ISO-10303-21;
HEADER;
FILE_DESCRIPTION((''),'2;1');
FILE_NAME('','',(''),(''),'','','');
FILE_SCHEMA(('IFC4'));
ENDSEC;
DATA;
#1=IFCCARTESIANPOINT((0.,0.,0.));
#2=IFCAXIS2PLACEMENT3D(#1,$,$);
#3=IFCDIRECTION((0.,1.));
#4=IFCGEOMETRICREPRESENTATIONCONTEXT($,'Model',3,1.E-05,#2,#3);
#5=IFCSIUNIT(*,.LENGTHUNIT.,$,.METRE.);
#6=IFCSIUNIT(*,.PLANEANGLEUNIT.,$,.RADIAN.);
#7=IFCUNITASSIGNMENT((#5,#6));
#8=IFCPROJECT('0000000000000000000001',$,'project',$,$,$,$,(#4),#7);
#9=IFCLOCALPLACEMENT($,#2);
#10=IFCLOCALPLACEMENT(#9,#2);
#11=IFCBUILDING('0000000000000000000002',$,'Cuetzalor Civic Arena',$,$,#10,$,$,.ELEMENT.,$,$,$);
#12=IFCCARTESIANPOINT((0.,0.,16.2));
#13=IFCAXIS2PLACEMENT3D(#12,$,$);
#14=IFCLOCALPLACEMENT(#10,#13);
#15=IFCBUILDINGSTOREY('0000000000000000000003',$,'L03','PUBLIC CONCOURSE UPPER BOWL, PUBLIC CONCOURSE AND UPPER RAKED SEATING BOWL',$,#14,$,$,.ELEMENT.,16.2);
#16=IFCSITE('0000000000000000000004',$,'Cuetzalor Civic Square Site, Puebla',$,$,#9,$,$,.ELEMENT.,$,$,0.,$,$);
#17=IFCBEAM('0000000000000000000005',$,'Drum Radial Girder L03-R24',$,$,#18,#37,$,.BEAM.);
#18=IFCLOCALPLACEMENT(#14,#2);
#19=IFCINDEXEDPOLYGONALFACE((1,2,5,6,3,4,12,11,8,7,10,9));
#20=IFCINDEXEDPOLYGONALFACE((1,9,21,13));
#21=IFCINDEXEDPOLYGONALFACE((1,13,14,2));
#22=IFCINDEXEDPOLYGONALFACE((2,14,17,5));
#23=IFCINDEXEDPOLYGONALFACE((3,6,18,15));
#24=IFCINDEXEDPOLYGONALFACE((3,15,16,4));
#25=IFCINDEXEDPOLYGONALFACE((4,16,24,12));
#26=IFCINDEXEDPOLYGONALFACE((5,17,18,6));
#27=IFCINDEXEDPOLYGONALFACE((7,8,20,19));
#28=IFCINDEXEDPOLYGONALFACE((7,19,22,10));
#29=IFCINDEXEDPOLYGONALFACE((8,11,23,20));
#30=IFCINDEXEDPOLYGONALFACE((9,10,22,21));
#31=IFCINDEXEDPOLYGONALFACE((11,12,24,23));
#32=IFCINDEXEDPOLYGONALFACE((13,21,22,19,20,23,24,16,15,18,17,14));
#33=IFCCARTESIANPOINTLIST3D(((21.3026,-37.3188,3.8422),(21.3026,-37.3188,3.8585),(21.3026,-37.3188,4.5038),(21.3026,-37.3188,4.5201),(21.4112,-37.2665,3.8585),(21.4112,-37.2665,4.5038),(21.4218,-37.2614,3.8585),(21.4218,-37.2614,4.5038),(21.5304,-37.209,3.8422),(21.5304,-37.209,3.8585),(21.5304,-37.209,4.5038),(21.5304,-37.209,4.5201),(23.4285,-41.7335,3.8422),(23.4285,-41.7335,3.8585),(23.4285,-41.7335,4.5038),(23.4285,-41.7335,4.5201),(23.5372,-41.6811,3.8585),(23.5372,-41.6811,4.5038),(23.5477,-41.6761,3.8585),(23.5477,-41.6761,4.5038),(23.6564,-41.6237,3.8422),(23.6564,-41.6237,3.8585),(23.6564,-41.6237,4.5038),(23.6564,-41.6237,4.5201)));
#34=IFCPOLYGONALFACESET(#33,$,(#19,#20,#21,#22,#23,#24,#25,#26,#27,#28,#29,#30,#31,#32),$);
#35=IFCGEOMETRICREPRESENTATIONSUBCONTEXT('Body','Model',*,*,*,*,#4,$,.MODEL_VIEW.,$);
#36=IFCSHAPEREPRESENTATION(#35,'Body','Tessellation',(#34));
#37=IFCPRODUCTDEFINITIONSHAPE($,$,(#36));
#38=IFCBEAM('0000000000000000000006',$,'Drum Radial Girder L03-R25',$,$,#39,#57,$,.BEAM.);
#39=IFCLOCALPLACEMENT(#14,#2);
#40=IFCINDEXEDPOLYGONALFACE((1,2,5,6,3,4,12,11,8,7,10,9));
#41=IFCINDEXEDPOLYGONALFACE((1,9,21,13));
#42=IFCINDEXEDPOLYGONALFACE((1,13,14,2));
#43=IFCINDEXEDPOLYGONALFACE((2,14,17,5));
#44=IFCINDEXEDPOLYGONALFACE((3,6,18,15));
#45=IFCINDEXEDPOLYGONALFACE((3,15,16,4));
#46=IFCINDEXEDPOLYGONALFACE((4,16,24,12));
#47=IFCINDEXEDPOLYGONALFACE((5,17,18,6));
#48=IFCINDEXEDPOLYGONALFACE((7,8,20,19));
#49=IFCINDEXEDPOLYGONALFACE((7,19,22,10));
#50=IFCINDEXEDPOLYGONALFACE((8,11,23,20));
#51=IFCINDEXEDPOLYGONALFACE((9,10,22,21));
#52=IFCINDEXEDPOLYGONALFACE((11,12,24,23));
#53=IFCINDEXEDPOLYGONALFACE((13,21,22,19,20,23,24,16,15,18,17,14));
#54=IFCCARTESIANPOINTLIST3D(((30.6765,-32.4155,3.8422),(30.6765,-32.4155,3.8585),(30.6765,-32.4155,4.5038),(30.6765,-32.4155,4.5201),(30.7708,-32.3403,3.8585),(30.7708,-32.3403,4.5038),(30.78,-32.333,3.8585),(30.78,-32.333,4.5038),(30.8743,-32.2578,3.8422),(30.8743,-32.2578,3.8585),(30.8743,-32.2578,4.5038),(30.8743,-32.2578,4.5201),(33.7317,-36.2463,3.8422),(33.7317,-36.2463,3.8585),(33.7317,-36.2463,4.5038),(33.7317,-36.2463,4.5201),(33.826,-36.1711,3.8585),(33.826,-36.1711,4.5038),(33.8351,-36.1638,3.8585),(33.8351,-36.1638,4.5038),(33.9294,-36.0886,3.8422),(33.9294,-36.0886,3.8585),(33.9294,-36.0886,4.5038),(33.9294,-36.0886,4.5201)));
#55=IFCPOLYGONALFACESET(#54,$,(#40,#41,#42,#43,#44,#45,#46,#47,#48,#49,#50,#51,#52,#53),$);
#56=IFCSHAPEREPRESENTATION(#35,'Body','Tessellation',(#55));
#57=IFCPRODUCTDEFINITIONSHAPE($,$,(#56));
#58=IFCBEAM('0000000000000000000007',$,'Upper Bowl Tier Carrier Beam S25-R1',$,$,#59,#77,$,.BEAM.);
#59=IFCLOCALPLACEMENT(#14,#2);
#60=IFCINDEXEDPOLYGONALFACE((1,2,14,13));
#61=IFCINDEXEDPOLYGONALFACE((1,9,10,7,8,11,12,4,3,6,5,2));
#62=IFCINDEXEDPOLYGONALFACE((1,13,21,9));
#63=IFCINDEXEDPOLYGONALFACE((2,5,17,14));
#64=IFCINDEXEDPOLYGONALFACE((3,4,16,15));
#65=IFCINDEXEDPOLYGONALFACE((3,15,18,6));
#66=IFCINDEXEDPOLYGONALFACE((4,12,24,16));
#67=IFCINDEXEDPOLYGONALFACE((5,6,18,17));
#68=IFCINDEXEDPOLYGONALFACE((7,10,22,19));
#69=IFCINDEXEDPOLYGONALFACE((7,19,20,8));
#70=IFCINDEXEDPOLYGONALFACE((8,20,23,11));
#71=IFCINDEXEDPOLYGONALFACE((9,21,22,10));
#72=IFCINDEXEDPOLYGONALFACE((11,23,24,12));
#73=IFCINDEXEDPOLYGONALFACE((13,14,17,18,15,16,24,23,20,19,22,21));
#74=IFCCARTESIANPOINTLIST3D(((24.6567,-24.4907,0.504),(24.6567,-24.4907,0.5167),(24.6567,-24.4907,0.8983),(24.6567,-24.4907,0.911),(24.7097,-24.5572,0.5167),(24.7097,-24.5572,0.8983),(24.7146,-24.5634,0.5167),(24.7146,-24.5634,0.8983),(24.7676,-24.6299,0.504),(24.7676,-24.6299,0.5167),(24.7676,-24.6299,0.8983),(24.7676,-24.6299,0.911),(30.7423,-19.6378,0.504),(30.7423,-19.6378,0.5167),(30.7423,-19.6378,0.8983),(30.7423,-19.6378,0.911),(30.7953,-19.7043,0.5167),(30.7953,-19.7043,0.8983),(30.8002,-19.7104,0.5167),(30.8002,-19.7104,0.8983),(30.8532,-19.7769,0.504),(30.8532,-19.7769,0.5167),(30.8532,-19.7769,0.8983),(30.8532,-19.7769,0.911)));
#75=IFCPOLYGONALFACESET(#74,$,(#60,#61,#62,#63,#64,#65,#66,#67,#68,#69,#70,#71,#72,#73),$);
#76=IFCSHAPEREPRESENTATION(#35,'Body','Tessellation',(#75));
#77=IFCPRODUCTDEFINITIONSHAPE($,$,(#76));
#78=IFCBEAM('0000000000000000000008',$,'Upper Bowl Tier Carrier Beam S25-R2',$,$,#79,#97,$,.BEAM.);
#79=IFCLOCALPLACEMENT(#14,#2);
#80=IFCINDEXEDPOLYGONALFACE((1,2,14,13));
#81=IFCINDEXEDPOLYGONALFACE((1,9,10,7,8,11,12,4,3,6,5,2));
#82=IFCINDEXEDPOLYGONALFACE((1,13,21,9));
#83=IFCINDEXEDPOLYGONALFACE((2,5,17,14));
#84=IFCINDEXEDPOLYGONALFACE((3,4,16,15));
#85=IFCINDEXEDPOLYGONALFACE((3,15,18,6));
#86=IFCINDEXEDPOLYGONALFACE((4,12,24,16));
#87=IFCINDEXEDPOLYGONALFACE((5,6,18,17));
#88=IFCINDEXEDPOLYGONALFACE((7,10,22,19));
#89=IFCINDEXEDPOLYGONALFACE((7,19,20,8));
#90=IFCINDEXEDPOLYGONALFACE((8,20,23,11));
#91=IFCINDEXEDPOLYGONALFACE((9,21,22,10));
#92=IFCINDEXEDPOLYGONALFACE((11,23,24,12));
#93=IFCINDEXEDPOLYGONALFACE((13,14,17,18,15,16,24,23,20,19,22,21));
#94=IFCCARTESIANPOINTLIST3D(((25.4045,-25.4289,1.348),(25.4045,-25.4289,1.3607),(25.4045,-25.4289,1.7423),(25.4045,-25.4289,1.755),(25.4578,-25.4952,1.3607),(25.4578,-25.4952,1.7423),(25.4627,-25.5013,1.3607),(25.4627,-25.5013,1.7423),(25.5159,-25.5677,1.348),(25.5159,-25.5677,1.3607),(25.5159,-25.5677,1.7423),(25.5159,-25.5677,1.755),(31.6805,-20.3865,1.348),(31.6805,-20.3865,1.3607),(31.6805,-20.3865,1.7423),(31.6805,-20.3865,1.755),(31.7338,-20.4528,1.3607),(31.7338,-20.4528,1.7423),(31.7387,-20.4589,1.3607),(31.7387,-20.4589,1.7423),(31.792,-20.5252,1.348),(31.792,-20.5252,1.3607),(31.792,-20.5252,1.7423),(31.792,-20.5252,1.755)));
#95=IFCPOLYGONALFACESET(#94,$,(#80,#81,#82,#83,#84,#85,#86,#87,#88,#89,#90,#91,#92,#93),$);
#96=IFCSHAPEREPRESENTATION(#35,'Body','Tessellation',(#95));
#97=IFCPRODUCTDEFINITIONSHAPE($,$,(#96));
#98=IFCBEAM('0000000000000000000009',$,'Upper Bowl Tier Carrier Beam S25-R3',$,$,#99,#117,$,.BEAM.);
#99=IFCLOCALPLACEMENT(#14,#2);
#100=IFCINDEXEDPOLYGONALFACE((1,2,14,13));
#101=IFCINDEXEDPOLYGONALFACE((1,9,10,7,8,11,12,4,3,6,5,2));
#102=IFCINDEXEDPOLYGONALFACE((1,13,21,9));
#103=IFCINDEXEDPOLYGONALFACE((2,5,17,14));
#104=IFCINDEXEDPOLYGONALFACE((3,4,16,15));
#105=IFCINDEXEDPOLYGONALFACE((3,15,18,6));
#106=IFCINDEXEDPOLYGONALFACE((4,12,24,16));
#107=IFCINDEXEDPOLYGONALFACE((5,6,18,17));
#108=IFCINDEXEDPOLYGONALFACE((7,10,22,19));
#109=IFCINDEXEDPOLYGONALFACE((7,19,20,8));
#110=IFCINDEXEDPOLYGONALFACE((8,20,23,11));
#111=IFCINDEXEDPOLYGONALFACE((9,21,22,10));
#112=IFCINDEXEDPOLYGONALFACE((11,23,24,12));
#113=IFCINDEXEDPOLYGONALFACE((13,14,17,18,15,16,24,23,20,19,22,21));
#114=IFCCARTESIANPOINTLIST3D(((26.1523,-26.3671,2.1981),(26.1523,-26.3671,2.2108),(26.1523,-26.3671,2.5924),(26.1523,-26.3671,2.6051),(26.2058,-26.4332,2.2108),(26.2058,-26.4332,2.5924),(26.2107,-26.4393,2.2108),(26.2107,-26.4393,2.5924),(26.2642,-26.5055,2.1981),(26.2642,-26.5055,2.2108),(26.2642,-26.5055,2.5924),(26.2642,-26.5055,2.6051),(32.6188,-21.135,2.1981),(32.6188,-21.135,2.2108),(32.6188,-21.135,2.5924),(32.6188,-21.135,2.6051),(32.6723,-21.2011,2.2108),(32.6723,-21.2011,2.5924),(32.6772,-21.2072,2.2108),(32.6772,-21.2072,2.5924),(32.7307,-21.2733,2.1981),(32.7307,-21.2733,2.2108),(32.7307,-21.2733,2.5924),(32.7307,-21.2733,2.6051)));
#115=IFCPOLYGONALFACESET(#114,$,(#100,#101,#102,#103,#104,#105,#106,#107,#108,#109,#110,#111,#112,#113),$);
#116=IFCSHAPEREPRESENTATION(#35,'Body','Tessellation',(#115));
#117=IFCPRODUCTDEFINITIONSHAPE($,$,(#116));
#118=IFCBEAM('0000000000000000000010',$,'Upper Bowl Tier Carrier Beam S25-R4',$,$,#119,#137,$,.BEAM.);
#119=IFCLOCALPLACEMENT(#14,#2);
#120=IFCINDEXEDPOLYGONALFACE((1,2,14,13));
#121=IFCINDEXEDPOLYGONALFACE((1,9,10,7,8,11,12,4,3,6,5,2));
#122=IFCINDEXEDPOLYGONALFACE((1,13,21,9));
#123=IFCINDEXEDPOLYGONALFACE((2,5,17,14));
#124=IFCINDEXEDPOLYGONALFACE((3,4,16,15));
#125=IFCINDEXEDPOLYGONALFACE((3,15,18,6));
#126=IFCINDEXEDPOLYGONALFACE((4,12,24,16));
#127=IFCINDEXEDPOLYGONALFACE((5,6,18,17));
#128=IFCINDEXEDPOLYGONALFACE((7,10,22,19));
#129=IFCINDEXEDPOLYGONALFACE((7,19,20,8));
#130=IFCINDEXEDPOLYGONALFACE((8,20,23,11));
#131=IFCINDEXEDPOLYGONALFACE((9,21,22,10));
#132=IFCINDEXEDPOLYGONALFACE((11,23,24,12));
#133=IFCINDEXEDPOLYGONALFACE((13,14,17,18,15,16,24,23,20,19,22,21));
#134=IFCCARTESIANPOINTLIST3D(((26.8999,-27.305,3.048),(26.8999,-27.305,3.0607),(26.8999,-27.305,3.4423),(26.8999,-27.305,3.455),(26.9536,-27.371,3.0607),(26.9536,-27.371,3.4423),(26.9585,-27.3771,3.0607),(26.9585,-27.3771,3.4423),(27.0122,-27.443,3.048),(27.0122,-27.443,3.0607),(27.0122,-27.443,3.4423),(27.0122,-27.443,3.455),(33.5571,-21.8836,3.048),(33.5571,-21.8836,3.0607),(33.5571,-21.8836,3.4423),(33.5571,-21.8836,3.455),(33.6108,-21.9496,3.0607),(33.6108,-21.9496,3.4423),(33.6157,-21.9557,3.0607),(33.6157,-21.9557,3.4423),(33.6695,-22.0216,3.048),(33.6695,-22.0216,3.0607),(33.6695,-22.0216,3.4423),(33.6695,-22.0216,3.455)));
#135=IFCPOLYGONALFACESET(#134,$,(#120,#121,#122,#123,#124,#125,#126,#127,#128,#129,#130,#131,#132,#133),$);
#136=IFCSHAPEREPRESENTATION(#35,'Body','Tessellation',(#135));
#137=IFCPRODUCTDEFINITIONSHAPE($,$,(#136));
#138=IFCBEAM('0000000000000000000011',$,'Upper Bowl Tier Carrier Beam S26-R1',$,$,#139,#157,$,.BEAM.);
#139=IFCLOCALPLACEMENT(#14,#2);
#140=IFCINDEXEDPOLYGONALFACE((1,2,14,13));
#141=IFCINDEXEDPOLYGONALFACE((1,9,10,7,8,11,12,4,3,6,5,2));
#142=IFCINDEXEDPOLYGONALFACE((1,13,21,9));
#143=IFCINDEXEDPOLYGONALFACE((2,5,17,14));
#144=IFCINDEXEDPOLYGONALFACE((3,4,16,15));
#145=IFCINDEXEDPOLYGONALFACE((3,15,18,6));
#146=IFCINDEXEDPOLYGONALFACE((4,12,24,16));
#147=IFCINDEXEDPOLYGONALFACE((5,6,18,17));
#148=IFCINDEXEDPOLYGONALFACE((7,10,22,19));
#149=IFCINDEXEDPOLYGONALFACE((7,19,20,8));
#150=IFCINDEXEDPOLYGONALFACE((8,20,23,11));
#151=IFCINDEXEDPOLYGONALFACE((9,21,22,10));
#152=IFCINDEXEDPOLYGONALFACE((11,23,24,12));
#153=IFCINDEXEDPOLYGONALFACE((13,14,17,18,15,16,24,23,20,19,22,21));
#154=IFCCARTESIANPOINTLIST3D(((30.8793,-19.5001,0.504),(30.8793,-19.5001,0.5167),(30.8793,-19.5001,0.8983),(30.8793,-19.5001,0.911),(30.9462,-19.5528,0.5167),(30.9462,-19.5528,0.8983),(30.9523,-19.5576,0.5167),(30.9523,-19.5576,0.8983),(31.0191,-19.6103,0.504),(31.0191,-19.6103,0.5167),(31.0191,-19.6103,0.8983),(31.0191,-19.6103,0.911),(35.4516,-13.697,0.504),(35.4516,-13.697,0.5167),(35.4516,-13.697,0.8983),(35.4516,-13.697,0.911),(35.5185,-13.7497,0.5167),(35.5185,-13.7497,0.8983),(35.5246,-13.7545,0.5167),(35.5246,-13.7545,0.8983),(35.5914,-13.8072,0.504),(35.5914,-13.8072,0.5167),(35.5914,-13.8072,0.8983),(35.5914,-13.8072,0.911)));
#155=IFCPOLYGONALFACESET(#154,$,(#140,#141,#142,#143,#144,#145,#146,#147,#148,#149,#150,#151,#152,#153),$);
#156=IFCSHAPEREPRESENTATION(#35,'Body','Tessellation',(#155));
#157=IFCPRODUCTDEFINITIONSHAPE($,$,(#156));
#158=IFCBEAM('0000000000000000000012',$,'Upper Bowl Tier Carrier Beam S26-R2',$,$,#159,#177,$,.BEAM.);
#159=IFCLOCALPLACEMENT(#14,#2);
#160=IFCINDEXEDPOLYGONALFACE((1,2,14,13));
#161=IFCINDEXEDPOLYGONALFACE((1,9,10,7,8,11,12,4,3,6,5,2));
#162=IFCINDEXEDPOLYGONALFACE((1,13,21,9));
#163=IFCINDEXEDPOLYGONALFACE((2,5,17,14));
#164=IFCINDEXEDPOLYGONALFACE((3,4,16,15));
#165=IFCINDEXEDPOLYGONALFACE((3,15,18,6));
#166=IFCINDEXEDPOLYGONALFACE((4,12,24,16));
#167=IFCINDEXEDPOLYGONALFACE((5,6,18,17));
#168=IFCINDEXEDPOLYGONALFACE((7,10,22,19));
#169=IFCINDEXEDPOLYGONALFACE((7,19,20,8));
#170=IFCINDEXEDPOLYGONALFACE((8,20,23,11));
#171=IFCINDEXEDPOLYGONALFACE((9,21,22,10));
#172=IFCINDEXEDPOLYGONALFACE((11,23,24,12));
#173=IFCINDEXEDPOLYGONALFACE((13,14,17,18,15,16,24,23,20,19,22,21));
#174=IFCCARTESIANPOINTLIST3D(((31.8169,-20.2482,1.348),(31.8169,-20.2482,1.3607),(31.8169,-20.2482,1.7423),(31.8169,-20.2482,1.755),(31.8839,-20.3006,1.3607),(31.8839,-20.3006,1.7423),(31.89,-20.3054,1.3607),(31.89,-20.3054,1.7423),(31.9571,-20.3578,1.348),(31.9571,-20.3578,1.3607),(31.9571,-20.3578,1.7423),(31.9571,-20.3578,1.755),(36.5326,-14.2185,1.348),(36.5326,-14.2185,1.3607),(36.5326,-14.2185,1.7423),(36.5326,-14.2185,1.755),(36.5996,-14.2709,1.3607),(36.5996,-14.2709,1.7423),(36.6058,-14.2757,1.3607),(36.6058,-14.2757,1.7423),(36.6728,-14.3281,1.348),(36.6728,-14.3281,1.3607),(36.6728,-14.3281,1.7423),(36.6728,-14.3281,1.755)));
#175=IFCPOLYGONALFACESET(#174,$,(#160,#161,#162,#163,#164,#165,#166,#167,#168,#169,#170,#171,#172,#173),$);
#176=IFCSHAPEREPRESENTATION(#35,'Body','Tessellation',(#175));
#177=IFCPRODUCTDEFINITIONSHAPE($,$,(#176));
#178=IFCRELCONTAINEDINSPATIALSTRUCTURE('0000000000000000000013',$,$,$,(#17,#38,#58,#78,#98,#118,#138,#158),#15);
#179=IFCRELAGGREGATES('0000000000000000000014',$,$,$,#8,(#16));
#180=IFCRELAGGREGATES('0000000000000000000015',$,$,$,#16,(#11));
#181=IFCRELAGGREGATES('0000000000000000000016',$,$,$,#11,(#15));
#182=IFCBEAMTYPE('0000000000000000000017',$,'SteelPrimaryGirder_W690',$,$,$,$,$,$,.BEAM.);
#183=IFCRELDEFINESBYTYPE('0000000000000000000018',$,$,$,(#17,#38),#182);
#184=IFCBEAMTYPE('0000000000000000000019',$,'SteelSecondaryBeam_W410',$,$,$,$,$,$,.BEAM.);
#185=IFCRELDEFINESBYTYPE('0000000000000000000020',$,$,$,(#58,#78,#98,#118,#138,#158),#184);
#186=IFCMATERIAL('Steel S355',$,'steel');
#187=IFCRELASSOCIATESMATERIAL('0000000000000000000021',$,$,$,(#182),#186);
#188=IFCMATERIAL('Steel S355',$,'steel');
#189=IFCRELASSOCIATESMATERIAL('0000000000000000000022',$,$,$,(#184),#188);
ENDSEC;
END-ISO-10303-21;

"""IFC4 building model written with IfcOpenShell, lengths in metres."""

from ifc_helpers import new_model, si_unit, direction, frame, origin, origin_2d, place, context, subcontext, project, spatial, i_section, extrude, material, material_profile, profile_set, type_object, element, save


model = new_model("IFC4")

# Units and contexts
model_context = context("Model", 3, precision=1e-05, world=origin(), true_north=direction((0.0, 1.0)))
body_context = subcontext(model_context, "Body", "Model", "MODEL_VIEW")
ifc_project = project(units=[si_unit("LENGTHUNIT", "METRE"), si_unit("PLANEANGLEUNIT", "RADIAN")], contexts=[model_context])

# Site, building, storey
site_placement = place(None, origin())
site = spatial("IfcSite", under=ifc_project, at=site_placement, Name="Cuetzalor Civic Square Site, Puebla", CompositionType="ELEMENT", RefElevation=0.0)
building_placement = place(site_placement, origin())
building = spatial("IfcBuilding", under=site, at=building_placement, Name="Cuetzalor Civic Arena", CompositionType="ELEMENT")
storey_placement = place(building_placement, frame((0.0, 0.0, 16.2)))
storey = spatial("IfcBuildingStorey", under=building, at=storey_placement, Name="L03", Description="PUBLIC CONCOURSE UPPER BOWL, PUBLIC CONCOURSE AND UPPER RAKED SEATING BOWL", CompositionType="ELEMENT", Elevation=16.2)

# Beams
ifc_material_1 = material(Name="Steel S355", Category="steel")
ifc_material_profile_1 = material_profile(ifc_material_1, i_section(OverallWidth=0.2529, OverallDepth=0.678, WebThickness=0.0117, FlangeThickness=0.0164, at=origin_2d()), Name="W690x125")
ifc_profile_set_1 = profile_set([ifc_material_profile_1], Name="Steel S355")
beam_type_1 = type_object("IfcBeamType", Name="SteelPrimaryGirder_W690", PredefinedType="BEAM", material=ifc_profile_set_1)
for number, where, z_axis, x_axis, name in (
    (1, (21.4165, -37.2639, 4.1812), (0.433871, -0.900975, 0.0), (0.900975, 0.433871, 0.0), "Drum Radial Girder L03-R24"),
    (2, (30.7754, -32.3367, 4.1812), (0.623516, -0.781811, 0.0), (0.781811, 0.623516, 0.0), "Drum Radial Girder L03-R25"),
):
    element("IfcBeam", number, at=place(storey_placement, frame(where, z_axis=z_axis, x_axis=x_axis)), inside=storey, type_object=beam_type_1, Name=name, PredefinedType="BEAM", context=body_context, shape_type="SweptSolid", body=[
        extrude(i_section(OverallWidth=0.2529, OverallDepth=0.678, WebThickness=0.0117, FlangeThickness=0.0164, at=origin_2d()), origin(), (0.0, 0.0, 1.0), 4.8999),
    ])
ifc_material_2 = material(Name="Steel S355", Category="steel")
ifc_material_profile_2 = material_profile(ifc_material_2, i_section(OverallWidth=0.178, OverallDepth=0.407, WebThickness=0.0078, FlangeThickness=0.0127, at=origin_2d()), Name="W410x60")
ifc_profile_set_2 = profile_set([ifc_material_profile_2], Name="Steel S355")
beam_type_2 = type_object("IfcBeamType", Name="SteelSecondaryBeam_W410", PredefinedType="BEAM", material=ifc_profile_set_2)
beam_1_placement = place(storey_placement, frame((24.7122, -24.5603, 0.7075), z_axis=(0.781841, 0.623478, 0.0), x_axis=(-0.623478, 0.781841, 0.0)))
element("IfcBeam", 3, at=beam_1_placement, inside=storey, type_object=beam_type_2, Name="Upper Bowl Tier Carrier Beam S25-R1", PredefinedType="BEAM", context=body_context, shape_type="SweptSolid", body=[
    extrude(i_section(OverallWidth=0.178, OverallDepth=0.407, WebThickness=0.0078, FlangeThickness=0.0127, at=origin_2d()), origin(), (0.0, 0.0, 1.0), 7.7837),
])
beam_2_placement = place(storey_placement, frame((25.4602, -25.4983, 1.5515), z_axis=(0.779559, 0.626328, 0.0), x_axis=(-0.626328, 0.779559, 0.0)))
element("IfcBeam", 4, at=beam_2_placement, inside=storey, type_object=beam_type_2, Name="Upper Bowl Tier Carrier Beam S25-R2", PredefinedType="BEAM", context=body_context, shape_type="SweptSolid", body=[
    extrude(i_section(OverallWidth=0.178, OverallDepth=0.407, WebThickness=0.0078, FlangeThickness=0.0127, at=origin_2d()), origin(), (0.0, 0.0, 1.0), 8.0508),
])
beam_3_placement = place(storey_placement, frame((26.2083, -26.4363, 2.4016), z_axis=(0.777401, 0.629006, 0.0), x_axis=(-0.629006, 0.777401, 0.0)))
element("IfcBeam", 5, at=beam_3_placement, inside=storey, type_object=beam_type_2, Name="Upper Bowl Tier Carrier Beam S25-R3", PredefinedType="BEAM", context=body_context, shape_type="SweptSolid", body=[
    extrude(i_section(OverallWidth=0.178, OverallDepth=0.407, WebThickness=0.0078, FlangeThickness=0.0127, at=origin_2d()), origin(), (0.0, 0.0, 1.0), 8.3181),
])
beam_4_placement = place(storey_placement, frame((26.9561, -27.374, 3.2515), z_axis=(0.775407, 0.631462, 0.0), x_axis=(-0.631462, 0.775407, 0.0)))
element("IfcBeam", 6, at=beam_4_placement, inside=storey, type_object=beam_type_2, Name="Upper Bowl Tier Carrier Beam S25-R4", PredefinedType="BEAM", context=body_context, shape_type="SweptSolid", body=[
    extrude(i_section(OverallWidth=0.178, OverallDepth=0.407, WebThickness=0.0078, FlangeThickness=0.0127, at=origin_2d()), origin(), (0.0, 0.0, 1.0), 8.5854),
])
beam_5_placement = place(storey_placement, frame((30.9492, -19.5552, 0.7075), z_axis=(0.618891, 0.785477, 0.0), x_axis=(-0.785477, 0.618891, 0.0)))
element("IfcBeam", 7, at=beam_5_placement, inside=storey, type_object=beam_type_2, Name="Upper Bowl Tier Carrier Beam S26-R1", PredefinedType="BEAM", context=body_context, shape_type="SweptSolid", body=[
    extrude(i_section(OverallWidth=0.178, OverallDepth=0.407, WebThickness=0.0078, FlangeThickness=0.0127, at=origin_2d()), origin(), (0.0, 0.0, 1.0), 7.3879),
])
beam_6_placement = place(storey_placement, frame((31.887, -20.303, 1.5515), z_axis=(0.616054, 0.787704, 0.0), x_axis=(-0.787704, 0.616054, 0.0)))
element("IfcBeam", 8, at=beam_6_placement, inside=storey, type_object=beam_type_2, Name="Upper Bowl Tier Carrier Beam S26-R2", PredefinedType="BEAM", context=body_context, shape_type="SweptSolid", body=[
    extrude(i_section(OverallWidth=0.178, OverallDepth=0.407, WebThickness=0.0078, FlangeThickness=0.0127, at=origin_2d()), origin(), (0.0, 0.0, 1.0), 7.6548),
])

save(model, "model.ifc")
